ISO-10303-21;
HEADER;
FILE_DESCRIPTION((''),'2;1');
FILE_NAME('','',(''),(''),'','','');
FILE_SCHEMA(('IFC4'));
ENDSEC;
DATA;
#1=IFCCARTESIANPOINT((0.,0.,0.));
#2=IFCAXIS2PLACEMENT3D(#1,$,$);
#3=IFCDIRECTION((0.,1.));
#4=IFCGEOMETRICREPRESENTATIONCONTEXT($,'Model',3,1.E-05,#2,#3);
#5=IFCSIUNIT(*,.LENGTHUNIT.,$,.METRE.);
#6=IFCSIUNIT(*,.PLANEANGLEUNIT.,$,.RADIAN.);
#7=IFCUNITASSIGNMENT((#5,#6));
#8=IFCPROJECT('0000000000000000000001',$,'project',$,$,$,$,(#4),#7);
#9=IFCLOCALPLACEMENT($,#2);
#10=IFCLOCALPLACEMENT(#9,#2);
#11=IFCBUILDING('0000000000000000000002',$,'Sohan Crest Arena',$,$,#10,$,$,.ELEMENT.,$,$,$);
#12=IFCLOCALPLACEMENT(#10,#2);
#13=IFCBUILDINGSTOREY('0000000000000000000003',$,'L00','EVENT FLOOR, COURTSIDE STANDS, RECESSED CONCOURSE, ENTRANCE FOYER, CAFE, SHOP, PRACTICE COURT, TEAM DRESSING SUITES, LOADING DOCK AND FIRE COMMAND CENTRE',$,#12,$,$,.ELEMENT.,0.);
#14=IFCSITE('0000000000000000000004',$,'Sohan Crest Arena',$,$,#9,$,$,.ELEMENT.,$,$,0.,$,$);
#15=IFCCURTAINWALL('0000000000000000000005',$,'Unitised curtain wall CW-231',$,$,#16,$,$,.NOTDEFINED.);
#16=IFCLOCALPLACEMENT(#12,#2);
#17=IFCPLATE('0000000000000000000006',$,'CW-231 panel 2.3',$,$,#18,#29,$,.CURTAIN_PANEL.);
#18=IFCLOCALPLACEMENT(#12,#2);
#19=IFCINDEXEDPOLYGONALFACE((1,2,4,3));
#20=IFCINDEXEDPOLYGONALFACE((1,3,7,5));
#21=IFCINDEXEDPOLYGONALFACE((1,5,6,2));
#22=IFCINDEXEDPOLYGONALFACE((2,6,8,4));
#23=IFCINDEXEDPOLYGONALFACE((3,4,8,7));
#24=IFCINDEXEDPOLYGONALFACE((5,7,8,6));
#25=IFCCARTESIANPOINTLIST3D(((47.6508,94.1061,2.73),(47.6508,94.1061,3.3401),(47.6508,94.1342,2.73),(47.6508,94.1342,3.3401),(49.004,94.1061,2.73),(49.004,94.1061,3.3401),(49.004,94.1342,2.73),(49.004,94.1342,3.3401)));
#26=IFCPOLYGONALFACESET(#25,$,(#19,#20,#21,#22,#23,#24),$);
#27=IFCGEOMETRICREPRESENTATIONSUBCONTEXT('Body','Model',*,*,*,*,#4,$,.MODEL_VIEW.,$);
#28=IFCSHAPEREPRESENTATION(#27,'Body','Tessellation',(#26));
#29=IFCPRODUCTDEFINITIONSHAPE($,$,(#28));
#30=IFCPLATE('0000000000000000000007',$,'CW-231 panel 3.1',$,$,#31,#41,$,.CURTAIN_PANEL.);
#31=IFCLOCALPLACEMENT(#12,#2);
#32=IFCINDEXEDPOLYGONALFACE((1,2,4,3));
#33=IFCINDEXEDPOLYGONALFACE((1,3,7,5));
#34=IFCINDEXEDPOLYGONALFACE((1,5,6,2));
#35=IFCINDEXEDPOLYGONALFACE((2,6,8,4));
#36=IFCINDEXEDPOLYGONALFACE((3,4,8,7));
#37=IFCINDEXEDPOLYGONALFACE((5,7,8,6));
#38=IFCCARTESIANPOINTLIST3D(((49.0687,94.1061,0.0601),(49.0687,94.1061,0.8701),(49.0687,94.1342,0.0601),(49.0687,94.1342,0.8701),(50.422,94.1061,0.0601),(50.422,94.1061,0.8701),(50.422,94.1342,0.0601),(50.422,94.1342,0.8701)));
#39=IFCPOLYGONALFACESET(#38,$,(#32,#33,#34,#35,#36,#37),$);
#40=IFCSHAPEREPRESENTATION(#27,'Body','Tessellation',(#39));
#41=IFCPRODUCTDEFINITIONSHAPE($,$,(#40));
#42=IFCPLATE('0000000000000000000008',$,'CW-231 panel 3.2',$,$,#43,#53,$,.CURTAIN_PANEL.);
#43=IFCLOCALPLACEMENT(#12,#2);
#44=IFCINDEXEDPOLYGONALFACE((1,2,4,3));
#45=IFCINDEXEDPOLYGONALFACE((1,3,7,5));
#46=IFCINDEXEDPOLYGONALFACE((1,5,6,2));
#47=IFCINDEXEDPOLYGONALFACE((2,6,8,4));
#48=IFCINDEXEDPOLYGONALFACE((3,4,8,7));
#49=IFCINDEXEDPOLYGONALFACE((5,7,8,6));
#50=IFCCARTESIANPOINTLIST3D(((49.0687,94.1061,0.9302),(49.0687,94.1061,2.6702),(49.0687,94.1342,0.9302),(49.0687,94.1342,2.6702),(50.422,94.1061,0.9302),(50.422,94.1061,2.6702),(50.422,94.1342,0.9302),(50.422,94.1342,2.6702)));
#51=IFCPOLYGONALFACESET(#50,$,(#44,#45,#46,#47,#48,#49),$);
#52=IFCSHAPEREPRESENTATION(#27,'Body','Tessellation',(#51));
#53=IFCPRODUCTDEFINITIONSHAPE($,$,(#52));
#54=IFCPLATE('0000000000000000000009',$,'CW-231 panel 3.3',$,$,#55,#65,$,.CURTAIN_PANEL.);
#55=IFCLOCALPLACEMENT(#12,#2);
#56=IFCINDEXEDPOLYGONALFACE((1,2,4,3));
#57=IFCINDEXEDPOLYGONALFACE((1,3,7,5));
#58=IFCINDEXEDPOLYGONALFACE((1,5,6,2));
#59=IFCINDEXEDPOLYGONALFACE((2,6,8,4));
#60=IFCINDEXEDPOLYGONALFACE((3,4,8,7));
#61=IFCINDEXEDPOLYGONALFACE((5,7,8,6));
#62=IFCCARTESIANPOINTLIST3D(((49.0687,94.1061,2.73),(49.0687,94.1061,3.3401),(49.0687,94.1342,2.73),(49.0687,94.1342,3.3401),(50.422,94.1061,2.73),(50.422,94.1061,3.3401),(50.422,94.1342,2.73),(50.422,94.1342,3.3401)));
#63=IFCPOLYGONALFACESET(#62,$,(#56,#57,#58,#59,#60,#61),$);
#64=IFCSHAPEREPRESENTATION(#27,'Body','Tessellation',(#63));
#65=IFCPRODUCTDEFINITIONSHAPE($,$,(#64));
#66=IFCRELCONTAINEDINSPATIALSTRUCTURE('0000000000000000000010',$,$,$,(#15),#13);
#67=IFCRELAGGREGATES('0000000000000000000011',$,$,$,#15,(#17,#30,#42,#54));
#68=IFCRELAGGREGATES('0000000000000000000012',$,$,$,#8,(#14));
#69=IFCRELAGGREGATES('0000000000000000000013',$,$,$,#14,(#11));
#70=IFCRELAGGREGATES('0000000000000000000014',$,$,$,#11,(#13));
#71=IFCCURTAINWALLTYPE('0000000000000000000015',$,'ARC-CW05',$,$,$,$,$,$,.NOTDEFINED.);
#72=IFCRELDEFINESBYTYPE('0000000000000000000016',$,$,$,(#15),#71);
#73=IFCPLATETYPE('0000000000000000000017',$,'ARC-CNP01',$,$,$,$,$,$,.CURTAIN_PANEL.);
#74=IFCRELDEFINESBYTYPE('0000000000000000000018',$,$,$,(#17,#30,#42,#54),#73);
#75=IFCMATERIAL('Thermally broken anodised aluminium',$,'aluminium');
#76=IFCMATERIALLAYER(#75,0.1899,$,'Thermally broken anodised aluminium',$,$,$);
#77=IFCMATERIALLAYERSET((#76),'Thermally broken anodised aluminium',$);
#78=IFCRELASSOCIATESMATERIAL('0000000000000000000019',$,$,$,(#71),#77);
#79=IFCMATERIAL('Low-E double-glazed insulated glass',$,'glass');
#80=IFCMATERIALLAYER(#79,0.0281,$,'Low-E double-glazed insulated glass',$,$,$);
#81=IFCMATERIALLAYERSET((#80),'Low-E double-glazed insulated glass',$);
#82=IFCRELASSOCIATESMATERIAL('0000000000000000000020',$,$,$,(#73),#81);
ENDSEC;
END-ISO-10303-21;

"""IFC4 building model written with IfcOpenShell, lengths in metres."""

from ifc_helpers import new_model, si_unit, direction, frame, origin, origin_2d, place, context, subcontext, project, spatial, rectangle, extrude, material, layer, layer_set, type_object, element, aggregate, save


model = new_model("IFC4")

# Units and contexts
model_context = context("Model", 3, precision=1e-05, world=origin(), true_north=direction((0.0, 1.0)))
body_context = subcontext(model_context, "Body", "Model", "MODEL_VIEW")
ifc_project = project(units=[si_unit("LENGTHUNIT", "METRE"), si_unit("PLANEANGLEUNIT", "RADIAN")], contexts=[model_context])

# Site, building, storey
site_placement = place(None, origin())
site = spatial("IfcSite", under=ifc_project, at=site_placement, Name="Sohan Crest Arena", CompositionType="ELEMENT", RefElevation=0.0)
building_placement = place(site_placement, origin())
building = spatial("IfcBuilding", under=site, at=building_placement, Name="Sohan Crest Arena", CompositionType="ELEMENT")
storey_placement = place(building_placement, origin())
storey = spatial("IfcBuildingStorey", under=building, at=storey_placement, Name="L00", Description="EVENT FLOOR, COURTSIDE STANDS, RECESSED CONCOURSE, ENTRANCE FOYER, CAFE, SHOP, PRACTICE COURT, TEAM DRESSING SUITES, LOADING DOCK AND FIRE COMMAND CENTRE", CompositionType="ELEMENT", Elevation=0.0)

# Curtain wall
ifc_material_1 = material(Name="Thermally broken anodised aluminium", Category="aluminium")
ifc_layer_1 = layer(ifc_material_1, 0.1899, Name="Thermally broken anodised aluminium")
ifc_layer_set_1 = layer_set([ifc_layer_1], Name="Thermally broken anodised aluminium")
curtain_wall_type = type_object("IfcCurtainWallType", Name="ARC-CW05", PredefinedType="NOTDEFINED", material=ifc_layer_set_1)
curtain_wall_placement = place(storey_placement, origin())
curtain_wall = element("IfcCurtainWall", 1, at=curtain_wall_placement, inside=storey, type_object=curtain_wall_type, Name="Unitised curtain wall CW-231", PredefinedType="NOTDEFINED")

# Plates
ifc_material_2 = material(Name="Low-E double-glazed insulated glass", Category="glass")
ifc_layer_2 = layer(ifc_material_2, 0.0281, Name="Low-E double-glazed insulated glass")
ifc_layer_set_2 = layer_set([ifc_layer_2], Name="Low-E double-glazed insulated glass")
plate_type = type_object("IfcPlateType", Name="ARC-CNP01", PredefinedType="CURTAIN_PANEL", material=ifc_layer_set_2)
plate_1_placement = place(storey_placement, frame((48.3274, 94.1201, 2.73), z_axis=(0.0, 0.0, 1.0), x_axis=(1.0, 0.0, 0.0)))
plate_1 = element("IfcPlate", 2, at=plate_1_placement, type_object=plate_type, Name="CW-231 panel 2.3", PredefinedType="CURTAIN_PANEL", context=body_context, shape_type="SweptSolid", body=[
    extrude(rectangle(XDim=1.3533, YDim=0.0281, at=origin_2d()), origin(), (0.0, 0.0, 1.0), 0.6101),
])
plate_2_placement = place(storey_placement, frame((49.7454, 94.1201, 0.0601), z_axis=(0.0, 0.0, 1.0), x_axis=(1.0, 0.0, 0.0)))
plate_2 = element("IfcPlate", 3, at=plate_2_placement, type_object=plate_type, Name="CW-231 panel 3.1", PredefinedType="CURTAIN_PANEL", context=body_context, shape_type="SweptSolid", body=[
    extrude(rectangle(XDim=1.3533, YDim=0.0281, at=origin_2d()), origin(), (0.0, 0.0, 1.0), 0.8101),
])
plate_3_placement = place(storey_placement, frame((49.7454, 94.1201, 0.9302), z_axis=(0.0, 0.0, 1.0), x_axis=(1.0, 0.0, 0.0)))
plate_3 = element("IfcPlate", 4, at=plate_3_placement, type_object=plate_type, Name="CW-231 panel 3.2", PredefinedType="CURTAIN_PANEL", context=body_context, shape_type="SweptSolid", body=[
    extrude(rectangle(XDim=1.3533, YDim=0.0281, at=origin_2d()), origin(), (0.0, 0.0, 1.0), 1.74),
])
plate_4_placement = place(storey_placement, frame((49.7454, 94.1201, 2.73), z_axis=(0.0, 0.0, 1.0), x_axis=(1.0, 0.0, 0.0)))
plate_4 = element("IfcPlate", 5, at=plate_4_placement, type_object=plate_type, Name="CW-231 panel 3.3", PredefinedType="CURTAIN_PANEL", context=body_context, shape_type="SweptSolid", body=[
    extrude(rectangle(XDim=1.3533, YDim=0.0281, at=origin_2d()), origin(), (0.0, 0.0, 1.0), 0.6101),
])
aggregate(curtain_wall, [plate_1, plate_2, plate_3, plate_4])

save(model, "model.ifc")
